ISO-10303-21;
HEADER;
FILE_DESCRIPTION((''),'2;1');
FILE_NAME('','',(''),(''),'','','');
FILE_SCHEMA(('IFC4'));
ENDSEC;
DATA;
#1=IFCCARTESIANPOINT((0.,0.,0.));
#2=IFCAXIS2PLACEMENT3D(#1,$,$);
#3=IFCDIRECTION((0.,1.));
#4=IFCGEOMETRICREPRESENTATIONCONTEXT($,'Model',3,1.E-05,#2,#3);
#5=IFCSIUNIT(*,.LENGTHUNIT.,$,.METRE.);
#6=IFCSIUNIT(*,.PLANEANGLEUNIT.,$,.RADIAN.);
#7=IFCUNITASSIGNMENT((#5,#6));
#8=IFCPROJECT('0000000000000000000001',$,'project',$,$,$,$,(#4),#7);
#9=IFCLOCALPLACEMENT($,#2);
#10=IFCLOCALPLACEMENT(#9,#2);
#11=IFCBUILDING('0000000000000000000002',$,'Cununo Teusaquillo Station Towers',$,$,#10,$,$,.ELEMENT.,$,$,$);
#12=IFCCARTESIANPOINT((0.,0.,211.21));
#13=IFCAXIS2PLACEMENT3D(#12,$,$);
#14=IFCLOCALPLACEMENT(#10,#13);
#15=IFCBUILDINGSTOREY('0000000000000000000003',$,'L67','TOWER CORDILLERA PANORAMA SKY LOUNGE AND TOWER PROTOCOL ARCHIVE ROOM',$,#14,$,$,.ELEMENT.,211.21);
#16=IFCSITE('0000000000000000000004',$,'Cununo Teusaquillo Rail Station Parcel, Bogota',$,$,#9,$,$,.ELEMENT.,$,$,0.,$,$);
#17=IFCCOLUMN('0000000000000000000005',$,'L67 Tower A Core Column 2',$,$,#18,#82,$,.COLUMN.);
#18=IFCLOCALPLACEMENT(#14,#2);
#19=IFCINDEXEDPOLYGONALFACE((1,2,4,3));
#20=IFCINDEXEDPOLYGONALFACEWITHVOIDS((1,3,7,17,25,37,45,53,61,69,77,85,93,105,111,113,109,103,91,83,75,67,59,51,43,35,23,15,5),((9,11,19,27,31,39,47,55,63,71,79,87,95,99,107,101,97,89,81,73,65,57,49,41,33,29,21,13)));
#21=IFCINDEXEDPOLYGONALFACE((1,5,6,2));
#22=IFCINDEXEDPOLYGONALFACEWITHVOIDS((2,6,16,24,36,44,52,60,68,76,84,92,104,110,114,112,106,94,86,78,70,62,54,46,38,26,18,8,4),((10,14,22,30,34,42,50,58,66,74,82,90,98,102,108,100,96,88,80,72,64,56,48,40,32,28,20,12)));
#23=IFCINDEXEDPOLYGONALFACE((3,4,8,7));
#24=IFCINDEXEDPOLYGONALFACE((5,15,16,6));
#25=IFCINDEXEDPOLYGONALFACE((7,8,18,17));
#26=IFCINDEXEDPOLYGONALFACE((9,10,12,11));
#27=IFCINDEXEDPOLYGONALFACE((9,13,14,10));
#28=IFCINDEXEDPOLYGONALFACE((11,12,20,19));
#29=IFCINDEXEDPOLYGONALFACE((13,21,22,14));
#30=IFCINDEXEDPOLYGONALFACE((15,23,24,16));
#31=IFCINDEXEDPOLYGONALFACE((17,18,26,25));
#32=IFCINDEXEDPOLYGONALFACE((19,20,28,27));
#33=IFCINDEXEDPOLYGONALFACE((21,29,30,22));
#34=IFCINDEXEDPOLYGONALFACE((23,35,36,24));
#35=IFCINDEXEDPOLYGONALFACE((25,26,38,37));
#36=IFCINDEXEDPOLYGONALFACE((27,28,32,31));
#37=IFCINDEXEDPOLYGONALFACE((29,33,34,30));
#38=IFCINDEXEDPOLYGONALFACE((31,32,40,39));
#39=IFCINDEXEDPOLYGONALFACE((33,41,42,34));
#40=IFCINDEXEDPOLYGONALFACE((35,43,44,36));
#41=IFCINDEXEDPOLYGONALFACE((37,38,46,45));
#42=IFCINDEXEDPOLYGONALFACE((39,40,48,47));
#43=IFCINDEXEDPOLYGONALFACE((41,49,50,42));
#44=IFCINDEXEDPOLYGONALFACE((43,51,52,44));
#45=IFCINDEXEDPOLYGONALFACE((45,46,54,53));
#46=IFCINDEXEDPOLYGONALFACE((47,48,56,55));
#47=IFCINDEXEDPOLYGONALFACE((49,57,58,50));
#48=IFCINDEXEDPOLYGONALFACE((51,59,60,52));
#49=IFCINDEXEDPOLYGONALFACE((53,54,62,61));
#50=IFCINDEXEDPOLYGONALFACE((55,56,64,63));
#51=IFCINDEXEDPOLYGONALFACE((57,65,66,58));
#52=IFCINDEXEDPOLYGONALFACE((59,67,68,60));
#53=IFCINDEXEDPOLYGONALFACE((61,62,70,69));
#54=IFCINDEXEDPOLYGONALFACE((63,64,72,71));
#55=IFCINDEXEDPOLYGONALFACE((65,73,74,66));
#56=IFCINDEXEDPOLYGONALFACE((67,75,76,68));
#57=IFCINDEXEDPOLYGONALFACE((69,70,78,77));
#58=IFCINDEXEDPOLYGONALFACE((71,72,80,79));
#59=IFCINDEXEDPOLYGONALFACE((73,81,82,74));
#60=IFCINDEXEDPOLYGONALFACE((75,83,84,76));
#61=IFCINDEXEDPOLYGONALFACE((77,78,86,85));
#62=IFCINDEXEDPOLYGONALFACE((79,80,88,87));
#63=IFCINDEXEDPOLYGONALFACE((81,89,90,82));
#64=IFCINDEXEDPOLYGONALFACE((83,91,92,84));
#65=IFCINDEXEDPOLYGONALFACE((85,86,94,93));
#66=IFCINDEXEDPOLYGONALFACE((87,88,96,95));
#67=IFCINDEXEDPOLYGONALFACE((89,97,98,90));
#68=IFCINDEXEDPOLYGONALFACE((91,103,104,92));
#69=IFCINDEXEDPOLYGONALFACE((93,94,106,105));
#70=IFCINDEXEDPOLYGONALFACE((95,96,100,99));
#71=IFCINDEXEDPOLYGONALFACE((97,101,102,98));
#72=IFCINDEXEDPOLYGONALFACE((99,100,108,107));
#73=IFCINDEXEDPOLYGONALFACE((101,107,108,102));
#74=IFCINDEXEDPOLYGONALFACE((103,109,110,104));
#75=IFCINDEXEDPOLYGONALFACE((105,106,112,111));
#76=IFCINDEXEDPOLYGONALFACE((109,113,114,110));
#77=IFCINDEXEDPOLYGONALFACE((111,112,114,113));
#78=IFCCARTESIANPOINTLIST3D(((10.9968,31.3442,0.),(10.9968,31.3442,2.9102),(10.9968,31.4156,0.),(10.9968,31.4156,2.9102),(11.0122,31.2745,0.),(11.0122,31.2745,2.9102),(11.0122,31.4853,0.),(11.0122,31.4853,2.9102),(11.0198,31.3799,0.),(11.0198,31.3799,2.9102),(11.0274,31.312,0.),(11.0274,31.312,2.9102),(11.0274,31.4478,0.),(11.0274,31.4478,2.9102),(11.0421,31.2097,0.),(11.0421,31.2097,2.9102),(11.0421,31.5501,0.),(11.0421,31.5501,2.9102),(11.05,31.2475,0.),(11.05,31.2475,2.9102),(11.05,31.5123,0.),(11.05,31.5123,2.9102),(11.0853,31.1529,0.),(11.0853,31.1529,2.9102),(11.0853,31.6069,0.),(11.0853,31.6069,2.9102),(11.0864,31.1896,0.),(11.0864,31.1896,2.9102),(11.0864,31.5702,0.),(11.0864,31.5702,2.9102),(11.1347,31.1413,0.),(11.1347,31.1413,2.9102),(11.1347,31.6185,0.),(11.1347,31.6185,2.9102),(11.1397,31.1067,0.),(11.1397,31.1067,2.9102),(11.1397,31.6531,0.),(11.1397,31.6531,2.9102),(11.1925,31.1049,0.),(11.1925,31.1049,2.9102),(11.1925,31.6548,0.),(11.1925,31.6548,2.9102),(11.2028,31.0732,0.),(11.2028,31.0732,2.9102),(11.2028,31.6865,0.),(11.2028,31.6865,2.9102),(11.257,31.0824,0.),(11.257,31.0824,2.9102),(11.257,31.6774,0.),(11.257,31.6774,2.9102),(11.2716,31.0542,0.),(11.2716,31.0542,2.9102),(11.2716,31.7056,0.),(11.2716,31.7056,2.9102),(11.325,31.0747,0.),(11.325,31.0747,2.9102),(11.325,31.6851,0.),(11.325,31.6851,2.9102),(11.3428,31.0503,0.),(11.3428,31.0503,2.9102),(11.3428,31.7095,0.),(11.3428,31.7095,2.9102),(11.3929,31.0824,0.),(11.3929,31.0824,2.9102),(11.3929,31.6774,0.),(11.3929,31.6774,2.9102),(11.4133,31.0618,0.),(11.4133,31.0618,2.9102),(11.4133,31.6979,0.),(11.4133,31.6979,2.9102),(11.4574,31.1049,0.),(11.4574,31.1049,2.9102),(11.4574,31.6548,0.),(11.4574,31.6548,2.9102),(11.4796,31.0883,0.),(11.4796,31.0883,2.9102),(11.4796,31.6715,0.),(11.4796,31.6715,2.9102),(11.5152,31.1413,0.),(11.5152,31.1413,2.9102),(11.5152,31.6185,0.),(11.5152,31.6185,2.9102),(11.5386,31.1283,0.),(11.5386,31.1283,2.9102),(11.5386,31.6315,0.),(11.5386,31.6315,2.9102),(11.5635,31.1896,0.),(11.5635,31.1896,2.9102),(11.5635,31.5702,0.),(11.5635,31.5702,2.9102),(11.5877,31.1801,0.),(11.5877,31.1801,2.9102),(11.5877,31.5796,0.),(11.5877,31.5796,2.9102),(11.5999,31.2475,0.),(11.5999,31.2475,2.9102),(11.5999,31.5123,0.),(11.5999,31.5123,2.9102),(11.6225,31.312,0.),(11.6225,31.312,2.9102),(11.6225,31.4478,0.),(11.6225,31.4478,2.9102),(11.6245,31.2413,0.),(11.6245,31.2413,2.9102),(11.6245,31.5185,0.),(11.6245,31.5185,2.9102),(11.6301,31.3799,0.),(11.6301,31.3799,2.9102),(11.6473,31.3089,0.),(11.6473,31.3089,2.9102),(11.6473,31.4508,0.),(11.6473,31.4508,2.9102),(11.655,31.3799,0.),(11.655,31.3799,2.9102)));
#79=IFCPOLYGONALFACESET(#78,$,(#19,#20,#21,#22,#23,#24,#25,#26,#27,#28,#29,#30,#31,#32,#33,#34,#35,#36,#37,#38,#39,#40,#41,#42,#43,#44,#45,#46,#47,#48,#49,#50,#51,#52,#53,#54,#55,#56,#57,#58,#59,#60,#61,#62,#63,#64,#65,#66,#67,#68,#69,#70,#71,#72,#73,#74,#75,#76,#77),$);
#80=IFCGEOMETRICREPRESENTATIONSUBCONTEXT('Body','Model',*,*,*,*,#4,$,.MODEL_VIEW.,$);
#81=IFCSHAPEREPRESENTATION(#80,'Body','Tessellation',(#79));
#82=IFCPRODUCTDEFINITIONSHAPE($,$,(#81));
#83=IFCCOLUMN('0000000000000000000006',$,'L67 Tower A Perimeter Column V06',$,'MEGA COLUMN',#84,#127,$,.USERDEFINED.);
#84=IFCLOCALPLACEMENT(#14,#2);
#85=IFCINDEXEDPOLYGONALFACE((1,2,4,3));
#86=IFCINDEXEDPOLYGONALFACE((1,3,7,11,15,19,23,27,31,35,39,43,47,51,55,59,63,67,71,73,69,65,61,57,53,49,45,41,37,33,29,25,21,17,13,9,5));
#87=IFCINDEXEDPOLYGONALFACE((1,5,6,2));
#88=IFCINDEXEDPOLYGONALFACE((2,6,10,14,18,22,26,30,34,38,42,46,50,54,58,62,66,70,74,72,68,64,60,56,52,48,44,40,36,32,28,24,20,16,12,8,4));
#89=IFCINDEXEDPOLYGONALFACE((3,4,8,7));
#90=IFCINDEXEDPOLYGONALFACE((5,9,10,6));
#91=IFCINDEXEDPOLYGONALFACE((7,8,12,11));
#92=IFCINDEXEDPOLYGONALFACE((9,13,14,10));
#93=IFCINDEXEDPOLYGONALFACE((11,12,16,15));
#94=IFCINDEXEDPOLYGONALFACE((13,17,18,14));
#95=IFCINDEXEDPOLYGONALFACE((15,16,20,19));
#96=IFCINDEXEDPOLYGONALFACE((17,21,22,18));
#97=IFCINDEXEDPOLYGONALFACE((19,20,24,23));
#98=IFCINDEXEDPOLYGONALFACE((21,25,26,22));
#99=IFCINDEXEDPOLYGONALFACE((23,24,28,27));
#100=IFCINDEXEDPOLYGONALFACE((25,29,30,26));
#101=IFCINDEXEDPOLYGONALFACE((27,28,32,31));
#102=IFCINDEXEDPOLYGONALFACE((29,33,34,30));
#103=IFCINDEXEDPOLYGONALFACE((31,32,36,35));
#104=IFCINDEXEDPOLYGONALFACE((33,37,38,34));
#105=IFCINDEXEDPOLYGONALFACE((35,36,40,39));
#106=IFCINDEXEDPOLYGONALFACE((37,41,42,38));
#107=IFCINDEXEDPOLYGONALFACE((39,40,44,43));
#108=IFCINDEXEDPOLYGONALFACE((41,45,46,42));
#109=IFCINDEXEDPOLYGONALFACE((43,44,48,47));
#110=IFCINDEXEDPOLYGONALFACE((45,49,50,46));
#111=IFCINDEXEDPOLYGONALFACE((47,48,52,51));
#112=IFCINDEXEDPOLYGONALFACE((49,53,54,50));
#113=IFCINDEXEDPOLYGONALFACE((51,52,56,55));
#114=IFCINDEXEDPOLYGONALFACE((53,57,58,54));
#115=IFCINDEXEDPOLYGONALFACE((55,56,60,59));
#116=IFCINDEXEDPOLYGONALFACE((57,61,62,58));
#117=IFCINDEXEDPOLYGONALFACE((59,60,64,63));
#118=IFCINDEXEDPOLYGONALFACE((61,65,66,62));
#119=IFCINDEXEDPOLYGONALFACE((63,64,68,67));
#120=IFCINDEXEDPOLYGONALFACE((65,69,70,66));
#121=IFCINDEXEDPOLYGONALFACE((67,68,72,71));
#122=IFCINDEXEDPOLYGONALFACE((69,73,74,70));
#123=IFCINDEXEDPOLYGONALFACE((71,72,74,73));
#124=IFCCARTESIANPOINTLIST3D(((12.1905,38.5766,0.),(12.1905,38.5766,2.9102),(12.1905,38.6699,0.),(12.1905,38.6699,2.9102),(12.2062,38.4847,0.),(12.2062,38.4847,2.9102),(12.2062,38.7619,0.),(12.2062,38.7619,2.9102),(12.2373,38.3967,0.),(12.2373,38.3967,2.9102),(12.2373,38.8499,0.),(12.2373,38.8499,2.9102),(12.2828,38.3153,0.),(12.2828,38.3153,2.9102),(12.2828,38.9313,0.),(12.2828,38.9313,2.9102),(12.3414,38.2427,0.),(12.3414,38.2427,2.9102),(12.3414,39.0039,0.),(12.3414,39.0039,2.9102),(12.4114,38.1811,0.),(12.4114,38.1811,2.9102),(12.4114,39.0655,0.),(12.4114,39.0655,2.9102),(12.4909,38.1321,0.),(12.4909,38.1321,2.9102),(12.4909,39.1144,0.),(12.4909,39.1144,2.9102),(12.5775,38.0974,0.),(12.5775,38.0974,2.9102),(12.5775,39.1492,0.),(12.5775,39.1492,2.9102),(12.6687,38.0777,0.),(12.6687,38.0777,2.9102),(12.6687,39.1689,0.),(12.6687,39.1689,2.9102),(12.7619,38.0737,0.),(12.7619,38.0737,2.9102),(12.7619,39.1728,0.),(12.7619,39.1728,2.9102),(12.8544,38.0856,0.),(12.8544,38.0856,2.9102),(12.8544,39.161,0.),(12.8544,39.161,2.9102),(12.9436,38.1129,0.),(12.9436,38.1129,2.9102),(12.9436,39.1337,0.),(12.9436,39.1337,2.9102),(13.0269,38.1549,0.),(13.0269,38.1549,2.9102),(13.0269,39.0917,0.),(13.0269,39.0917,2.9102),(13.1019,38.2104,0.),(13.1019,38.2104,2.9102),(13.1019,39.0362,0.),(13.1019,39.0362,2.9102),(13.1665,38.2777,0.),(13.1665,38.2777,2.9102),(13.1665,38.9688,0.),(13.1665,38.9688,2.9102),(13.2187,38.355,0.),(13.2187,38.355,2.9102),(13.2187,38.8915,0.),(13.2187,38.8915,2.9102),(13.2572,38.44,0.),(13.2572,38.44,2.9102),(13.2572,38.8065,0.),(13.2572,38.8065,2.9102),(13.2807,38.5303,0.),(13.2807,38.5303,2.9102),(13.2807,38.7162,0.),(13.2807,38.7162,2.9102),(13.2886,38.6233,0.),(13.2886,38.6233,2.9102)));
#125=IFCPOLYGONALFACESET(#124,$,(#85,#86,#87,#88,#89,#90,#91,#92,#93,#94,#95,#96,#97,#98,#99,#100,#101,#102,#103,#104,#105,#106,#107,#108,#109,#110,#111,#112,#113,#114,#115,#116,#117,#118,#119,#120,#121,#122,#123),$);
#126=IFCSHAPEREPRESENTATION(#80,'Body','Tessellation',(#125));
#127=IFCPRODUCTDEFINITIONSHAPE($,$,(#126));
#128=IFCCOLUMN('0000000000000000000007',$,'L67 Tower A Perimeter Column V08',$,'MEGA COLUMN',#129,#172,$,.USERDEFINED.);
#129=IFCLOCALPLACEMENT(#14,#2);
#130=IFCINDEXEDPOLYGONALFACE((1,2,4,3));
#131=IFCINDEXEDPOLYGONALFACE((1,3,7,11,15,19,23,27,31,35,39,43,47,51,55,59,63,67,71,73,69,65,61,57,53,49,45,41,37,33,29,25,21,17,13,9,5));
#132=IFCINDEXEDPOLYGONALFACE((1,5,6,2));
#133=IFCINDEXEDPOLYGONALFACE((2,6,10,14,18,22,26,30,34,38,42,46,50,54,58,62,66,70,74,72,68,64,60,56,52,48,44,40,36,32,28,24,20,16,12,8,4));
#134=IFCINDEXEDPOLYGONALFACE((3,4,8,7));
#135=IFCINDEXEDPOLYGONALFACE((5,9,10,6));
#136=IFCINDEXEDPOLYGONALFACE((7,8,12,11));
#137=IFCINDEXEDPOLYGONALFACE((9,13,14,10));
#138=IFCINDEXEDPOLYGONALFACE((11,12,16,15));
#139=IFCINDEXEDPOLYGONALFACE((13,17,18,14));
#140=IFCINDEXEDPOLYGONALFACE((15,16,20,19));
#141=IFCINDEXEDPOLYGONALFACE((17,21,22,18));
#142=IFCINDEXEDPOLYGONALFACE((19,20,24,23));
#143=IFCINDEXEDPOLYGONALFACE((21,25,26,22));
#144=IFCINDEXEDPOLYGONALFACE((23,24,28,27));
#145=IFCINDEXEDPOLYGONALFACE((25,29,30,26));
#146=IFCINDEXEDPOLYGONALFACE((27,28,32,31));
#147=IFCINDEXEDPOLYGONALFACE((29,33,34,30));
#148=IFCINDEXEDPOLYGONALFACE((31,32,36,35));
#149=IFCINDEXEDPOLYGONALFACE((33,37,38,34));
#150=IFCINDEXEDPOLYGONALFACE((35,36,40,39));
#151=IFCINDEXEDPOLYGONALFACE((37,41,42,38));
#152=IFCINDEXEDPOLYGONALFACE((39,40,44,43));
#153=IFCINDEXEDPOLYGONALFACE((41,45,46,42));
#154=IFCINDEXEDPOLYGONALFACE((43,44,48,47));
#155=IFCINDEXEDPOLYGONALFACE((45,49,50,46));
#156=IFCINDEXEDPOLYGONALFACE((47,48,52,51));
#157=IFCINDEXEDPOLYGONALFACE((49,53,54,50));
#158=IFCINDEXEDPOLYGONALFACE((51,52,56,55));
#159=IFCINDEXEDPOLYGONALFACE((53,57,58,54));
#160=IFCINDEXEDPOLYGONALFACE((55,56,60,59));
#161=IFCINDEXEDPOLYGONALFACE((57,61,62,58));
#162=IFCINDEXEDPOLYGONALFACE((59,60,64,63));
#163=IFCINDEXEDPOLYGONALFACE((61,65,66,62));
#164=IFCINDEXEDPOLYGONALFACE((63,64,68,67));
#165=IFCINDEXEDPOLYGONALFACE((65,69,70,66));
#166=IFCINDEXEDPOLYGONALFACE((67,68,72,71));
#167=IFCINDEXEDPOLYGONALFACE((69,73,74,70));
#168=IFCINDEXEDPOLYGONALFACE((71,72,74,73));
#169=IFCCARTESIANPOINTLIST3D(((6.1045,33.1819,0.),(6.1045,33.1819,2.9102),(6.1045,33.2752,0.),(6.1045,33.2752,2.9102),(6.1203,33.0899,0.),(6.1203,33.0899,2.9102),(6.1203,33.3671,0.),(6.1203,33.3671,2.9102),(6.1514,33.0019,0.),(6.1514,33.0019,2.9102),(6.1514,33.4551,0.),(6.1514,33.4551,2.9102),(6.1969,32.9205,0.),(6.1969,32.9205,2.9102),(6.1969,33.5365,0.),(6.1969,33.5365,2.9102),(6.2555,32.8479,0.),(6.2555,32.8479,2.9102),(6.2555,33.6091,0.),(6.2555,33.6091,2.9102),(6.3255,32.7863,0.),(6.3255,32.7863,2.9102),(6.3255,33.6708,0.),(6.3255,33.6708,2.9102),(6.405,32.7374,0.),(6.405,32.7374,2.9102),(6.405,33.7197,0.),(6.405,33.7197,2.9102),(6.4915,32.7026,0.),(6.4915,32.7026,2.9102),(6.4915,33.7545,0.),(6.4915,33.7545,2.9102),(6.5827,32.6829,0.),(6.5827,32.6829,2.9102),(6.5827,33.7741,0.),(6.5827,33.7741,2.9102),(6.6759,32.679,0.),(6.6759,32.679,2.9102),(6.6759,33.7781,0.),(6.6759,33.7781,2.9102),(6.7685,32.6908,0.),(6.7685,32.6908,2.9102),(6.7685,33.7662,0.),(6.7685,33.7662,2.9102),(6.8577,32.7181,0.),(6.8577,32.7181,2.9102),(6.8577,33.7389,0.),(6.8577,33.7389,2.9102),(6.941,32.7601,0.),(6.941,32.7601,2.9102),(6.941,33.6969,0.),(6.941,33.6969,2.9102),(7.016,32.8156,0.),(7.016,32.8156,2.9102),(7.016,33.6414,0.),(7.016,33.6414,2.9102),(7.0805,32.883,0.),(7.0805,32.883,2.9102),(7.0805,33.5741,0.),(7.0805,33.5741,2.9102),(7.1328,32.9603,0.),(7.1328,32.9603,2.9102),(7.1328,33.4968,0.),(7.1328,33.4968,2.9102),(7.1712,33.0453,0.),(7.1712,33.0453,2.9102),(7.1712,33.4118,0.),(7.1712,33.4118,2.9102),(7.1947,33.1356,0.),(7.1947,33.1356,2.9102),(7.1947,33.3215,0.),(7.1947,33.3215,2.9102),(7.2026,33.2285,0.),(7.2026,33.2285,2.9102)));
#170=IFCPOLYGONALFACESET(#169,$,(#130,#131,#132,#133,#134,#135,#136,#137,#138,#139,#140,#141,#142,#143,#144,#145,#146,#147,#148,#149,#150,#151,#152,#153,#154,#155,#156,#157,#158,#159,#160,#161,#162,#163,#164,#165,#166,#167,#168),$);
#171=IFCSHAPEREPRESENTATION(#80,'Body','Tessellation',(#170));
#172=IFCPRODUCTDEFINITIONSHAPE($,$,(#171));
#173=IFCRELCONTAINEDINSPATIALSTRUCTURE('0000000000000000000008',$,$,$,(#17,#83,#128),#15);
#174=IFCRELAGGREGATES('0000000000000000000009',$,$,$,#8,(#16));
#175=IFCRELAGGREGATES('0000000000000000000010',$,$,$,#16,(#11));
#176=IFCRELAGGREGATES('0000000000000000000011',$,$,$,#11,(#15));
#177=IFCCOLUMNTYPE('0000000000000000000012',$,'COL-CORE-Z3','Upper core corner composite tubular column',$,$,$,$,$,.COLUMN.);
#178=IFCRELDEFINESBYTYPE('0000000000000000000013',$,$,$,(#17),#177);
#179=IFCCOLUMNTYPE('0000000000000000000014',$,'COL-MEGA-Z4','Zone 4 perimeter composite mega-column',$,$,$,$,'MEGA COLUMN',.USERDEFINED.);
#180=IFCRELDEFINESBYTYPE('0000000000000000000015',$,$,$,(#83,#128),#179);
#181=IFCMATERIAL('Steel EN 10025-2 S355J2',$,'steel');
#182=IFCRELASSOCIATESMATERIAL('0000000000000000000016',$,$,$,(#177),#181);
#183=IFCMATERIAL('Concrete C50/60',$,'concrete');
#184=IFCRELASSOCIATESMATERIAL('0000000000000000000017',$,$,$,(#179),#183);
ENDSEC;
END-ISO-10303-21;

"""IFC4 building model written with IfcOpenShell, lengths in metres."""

from ifc_helpers import new_model, si_unit, direction, frame, origin, origin_2d, place, context, subcontext, project, spatial, circle, hollow_circle, extrude, material, material_profile, profile_set, type_object, element, save


model = new_model("IFC4")

# Units and contexts
model_context = context("Model", 3, precision=1e-05, world=origin(), true_north=direction((0.0, 1.0)))
body_context = subcontext(model_context, "Body", "Model", "MODEL_VIEW")
ifc_project = project(units=[si_unit("LENGTHUNIT", "METRE"), si_unit("PLANEANGLEUNIT", "RADIAN")], contexts=[model_context])

# Site, building, storey
site_placement = place(None, origin())
site = spatial("IfcSite", under=ifc_project, at=site_placement, Name="Cununo Teusaquillo Rail Station Parcel, Bogota", CompositionType="ELEMENT", RefElevation=0.0)
building_placement = place(site_placement, origin())
building = spatial("IfcBuilding", under=site, at=building_placement, Name="Cununo Teusaquillo Station Towers", CompositionType="ELEMENT")
storey_placement = place(building_placement, frame((0.0, 0.0, 211.21)))
storey = spatial("IfcBuildingStorey", under=building, at=storey_placement, Name="L67", Description="TOWER CORDILLERA PANORAMA SKY LOUNGE AND TOWER PROTOCOL ARCHIVE ROOM", CompositionType="ELEMENT", Elevation=211.21)

# Columns
ifc_material_1 = material(Name="Steel EN 10025-2 S355J2", Category="steel")
ifc_material_profile_1 = material_profile(ifc_material_1, hollow_circle(Radius=0.3301, WallThickness=0.0249, at=origin_2d()), Name="CHS 660x25")
ifc_profile_set_1 = profile_set([ifc_material_profile_1], Name="Steel EN 10025-2 S355J2")
column_type_1 = type_object("IfcColumnType", Name="COL-CORE-Z3", Description="Upper core corner composite tubular column", PredefinedType="COLUMN", material=ifc_profile_set_1)
column_placement = place(storey_placement, frame((11.325, 31.3799, 0.0), z_axis=(0.0, 0.0, 1.0), x_axis=(1.0, 0.0, 0.0)))
element("IfcColumn", 1, at=column_placement, inside=storey, type_object=column_type_1, Name="L67 Tower A Core Column 2", PredefinedType="COLUMN", context=body_context, shape_type="SweptSolid", body=[
    extrude(hollow_circle(Radius=0.3301, WallThickness=0.0249, at=origin_2d()), origin(), (0.0, 0.0, 1.0), 2.9102),
])
ifc_material_2 = material(Name="Concrete C50/60", Category="concrete")
ifc_material_profile_2 = material_profile(ifc_material_2, circle(Radius=0.55, at=origin_2d()), Name="RC-CIRC-1100")
ifc_profile_set_2 = profile_set([ifc_material_profile_2], Name="Concrete C50/60")
column_type_2 = type_object("IfcColumnType", Name="COL-MEGA-Z4", Description="Zone 4 perimeter composite mega-column", ElementType="MEGA COLUMN", PredefinedType="USERDEFINED", material=ifc_profile_set_2)
for number, where, z_axis, x_axis, name in (
    (2, (12.7385, 38.6233, 0.0), (0.0, 0.0, 1.0), (1.0, 0.0, 0.0), "L67 Tower A Perimeter Column V06"),
    (3, (6.6526, 33.2285, 0.0), (0.0, 0.0, 1.0), (1.0, 0.0, 0.0), "L67 Tower A Perimeter Column V08"),
):
    element("IfcColumn", number, at=place(storey_placement, frame(where, z_axis=z_axis, x_axis=x_axis)), inside=storey, type_object=column_type_2, Name=name, ObjectType="MEGA COLUMN", PredefinedType="USERDEFINED", context=body_context, shape_type="SweptSolid", body=[
        extrude(circle(Radius=0.55, at=origin_2d()), origin(), (0.0, 0.0, 1.0), 2.9102),
    ])

save(model, "model.ifc")
